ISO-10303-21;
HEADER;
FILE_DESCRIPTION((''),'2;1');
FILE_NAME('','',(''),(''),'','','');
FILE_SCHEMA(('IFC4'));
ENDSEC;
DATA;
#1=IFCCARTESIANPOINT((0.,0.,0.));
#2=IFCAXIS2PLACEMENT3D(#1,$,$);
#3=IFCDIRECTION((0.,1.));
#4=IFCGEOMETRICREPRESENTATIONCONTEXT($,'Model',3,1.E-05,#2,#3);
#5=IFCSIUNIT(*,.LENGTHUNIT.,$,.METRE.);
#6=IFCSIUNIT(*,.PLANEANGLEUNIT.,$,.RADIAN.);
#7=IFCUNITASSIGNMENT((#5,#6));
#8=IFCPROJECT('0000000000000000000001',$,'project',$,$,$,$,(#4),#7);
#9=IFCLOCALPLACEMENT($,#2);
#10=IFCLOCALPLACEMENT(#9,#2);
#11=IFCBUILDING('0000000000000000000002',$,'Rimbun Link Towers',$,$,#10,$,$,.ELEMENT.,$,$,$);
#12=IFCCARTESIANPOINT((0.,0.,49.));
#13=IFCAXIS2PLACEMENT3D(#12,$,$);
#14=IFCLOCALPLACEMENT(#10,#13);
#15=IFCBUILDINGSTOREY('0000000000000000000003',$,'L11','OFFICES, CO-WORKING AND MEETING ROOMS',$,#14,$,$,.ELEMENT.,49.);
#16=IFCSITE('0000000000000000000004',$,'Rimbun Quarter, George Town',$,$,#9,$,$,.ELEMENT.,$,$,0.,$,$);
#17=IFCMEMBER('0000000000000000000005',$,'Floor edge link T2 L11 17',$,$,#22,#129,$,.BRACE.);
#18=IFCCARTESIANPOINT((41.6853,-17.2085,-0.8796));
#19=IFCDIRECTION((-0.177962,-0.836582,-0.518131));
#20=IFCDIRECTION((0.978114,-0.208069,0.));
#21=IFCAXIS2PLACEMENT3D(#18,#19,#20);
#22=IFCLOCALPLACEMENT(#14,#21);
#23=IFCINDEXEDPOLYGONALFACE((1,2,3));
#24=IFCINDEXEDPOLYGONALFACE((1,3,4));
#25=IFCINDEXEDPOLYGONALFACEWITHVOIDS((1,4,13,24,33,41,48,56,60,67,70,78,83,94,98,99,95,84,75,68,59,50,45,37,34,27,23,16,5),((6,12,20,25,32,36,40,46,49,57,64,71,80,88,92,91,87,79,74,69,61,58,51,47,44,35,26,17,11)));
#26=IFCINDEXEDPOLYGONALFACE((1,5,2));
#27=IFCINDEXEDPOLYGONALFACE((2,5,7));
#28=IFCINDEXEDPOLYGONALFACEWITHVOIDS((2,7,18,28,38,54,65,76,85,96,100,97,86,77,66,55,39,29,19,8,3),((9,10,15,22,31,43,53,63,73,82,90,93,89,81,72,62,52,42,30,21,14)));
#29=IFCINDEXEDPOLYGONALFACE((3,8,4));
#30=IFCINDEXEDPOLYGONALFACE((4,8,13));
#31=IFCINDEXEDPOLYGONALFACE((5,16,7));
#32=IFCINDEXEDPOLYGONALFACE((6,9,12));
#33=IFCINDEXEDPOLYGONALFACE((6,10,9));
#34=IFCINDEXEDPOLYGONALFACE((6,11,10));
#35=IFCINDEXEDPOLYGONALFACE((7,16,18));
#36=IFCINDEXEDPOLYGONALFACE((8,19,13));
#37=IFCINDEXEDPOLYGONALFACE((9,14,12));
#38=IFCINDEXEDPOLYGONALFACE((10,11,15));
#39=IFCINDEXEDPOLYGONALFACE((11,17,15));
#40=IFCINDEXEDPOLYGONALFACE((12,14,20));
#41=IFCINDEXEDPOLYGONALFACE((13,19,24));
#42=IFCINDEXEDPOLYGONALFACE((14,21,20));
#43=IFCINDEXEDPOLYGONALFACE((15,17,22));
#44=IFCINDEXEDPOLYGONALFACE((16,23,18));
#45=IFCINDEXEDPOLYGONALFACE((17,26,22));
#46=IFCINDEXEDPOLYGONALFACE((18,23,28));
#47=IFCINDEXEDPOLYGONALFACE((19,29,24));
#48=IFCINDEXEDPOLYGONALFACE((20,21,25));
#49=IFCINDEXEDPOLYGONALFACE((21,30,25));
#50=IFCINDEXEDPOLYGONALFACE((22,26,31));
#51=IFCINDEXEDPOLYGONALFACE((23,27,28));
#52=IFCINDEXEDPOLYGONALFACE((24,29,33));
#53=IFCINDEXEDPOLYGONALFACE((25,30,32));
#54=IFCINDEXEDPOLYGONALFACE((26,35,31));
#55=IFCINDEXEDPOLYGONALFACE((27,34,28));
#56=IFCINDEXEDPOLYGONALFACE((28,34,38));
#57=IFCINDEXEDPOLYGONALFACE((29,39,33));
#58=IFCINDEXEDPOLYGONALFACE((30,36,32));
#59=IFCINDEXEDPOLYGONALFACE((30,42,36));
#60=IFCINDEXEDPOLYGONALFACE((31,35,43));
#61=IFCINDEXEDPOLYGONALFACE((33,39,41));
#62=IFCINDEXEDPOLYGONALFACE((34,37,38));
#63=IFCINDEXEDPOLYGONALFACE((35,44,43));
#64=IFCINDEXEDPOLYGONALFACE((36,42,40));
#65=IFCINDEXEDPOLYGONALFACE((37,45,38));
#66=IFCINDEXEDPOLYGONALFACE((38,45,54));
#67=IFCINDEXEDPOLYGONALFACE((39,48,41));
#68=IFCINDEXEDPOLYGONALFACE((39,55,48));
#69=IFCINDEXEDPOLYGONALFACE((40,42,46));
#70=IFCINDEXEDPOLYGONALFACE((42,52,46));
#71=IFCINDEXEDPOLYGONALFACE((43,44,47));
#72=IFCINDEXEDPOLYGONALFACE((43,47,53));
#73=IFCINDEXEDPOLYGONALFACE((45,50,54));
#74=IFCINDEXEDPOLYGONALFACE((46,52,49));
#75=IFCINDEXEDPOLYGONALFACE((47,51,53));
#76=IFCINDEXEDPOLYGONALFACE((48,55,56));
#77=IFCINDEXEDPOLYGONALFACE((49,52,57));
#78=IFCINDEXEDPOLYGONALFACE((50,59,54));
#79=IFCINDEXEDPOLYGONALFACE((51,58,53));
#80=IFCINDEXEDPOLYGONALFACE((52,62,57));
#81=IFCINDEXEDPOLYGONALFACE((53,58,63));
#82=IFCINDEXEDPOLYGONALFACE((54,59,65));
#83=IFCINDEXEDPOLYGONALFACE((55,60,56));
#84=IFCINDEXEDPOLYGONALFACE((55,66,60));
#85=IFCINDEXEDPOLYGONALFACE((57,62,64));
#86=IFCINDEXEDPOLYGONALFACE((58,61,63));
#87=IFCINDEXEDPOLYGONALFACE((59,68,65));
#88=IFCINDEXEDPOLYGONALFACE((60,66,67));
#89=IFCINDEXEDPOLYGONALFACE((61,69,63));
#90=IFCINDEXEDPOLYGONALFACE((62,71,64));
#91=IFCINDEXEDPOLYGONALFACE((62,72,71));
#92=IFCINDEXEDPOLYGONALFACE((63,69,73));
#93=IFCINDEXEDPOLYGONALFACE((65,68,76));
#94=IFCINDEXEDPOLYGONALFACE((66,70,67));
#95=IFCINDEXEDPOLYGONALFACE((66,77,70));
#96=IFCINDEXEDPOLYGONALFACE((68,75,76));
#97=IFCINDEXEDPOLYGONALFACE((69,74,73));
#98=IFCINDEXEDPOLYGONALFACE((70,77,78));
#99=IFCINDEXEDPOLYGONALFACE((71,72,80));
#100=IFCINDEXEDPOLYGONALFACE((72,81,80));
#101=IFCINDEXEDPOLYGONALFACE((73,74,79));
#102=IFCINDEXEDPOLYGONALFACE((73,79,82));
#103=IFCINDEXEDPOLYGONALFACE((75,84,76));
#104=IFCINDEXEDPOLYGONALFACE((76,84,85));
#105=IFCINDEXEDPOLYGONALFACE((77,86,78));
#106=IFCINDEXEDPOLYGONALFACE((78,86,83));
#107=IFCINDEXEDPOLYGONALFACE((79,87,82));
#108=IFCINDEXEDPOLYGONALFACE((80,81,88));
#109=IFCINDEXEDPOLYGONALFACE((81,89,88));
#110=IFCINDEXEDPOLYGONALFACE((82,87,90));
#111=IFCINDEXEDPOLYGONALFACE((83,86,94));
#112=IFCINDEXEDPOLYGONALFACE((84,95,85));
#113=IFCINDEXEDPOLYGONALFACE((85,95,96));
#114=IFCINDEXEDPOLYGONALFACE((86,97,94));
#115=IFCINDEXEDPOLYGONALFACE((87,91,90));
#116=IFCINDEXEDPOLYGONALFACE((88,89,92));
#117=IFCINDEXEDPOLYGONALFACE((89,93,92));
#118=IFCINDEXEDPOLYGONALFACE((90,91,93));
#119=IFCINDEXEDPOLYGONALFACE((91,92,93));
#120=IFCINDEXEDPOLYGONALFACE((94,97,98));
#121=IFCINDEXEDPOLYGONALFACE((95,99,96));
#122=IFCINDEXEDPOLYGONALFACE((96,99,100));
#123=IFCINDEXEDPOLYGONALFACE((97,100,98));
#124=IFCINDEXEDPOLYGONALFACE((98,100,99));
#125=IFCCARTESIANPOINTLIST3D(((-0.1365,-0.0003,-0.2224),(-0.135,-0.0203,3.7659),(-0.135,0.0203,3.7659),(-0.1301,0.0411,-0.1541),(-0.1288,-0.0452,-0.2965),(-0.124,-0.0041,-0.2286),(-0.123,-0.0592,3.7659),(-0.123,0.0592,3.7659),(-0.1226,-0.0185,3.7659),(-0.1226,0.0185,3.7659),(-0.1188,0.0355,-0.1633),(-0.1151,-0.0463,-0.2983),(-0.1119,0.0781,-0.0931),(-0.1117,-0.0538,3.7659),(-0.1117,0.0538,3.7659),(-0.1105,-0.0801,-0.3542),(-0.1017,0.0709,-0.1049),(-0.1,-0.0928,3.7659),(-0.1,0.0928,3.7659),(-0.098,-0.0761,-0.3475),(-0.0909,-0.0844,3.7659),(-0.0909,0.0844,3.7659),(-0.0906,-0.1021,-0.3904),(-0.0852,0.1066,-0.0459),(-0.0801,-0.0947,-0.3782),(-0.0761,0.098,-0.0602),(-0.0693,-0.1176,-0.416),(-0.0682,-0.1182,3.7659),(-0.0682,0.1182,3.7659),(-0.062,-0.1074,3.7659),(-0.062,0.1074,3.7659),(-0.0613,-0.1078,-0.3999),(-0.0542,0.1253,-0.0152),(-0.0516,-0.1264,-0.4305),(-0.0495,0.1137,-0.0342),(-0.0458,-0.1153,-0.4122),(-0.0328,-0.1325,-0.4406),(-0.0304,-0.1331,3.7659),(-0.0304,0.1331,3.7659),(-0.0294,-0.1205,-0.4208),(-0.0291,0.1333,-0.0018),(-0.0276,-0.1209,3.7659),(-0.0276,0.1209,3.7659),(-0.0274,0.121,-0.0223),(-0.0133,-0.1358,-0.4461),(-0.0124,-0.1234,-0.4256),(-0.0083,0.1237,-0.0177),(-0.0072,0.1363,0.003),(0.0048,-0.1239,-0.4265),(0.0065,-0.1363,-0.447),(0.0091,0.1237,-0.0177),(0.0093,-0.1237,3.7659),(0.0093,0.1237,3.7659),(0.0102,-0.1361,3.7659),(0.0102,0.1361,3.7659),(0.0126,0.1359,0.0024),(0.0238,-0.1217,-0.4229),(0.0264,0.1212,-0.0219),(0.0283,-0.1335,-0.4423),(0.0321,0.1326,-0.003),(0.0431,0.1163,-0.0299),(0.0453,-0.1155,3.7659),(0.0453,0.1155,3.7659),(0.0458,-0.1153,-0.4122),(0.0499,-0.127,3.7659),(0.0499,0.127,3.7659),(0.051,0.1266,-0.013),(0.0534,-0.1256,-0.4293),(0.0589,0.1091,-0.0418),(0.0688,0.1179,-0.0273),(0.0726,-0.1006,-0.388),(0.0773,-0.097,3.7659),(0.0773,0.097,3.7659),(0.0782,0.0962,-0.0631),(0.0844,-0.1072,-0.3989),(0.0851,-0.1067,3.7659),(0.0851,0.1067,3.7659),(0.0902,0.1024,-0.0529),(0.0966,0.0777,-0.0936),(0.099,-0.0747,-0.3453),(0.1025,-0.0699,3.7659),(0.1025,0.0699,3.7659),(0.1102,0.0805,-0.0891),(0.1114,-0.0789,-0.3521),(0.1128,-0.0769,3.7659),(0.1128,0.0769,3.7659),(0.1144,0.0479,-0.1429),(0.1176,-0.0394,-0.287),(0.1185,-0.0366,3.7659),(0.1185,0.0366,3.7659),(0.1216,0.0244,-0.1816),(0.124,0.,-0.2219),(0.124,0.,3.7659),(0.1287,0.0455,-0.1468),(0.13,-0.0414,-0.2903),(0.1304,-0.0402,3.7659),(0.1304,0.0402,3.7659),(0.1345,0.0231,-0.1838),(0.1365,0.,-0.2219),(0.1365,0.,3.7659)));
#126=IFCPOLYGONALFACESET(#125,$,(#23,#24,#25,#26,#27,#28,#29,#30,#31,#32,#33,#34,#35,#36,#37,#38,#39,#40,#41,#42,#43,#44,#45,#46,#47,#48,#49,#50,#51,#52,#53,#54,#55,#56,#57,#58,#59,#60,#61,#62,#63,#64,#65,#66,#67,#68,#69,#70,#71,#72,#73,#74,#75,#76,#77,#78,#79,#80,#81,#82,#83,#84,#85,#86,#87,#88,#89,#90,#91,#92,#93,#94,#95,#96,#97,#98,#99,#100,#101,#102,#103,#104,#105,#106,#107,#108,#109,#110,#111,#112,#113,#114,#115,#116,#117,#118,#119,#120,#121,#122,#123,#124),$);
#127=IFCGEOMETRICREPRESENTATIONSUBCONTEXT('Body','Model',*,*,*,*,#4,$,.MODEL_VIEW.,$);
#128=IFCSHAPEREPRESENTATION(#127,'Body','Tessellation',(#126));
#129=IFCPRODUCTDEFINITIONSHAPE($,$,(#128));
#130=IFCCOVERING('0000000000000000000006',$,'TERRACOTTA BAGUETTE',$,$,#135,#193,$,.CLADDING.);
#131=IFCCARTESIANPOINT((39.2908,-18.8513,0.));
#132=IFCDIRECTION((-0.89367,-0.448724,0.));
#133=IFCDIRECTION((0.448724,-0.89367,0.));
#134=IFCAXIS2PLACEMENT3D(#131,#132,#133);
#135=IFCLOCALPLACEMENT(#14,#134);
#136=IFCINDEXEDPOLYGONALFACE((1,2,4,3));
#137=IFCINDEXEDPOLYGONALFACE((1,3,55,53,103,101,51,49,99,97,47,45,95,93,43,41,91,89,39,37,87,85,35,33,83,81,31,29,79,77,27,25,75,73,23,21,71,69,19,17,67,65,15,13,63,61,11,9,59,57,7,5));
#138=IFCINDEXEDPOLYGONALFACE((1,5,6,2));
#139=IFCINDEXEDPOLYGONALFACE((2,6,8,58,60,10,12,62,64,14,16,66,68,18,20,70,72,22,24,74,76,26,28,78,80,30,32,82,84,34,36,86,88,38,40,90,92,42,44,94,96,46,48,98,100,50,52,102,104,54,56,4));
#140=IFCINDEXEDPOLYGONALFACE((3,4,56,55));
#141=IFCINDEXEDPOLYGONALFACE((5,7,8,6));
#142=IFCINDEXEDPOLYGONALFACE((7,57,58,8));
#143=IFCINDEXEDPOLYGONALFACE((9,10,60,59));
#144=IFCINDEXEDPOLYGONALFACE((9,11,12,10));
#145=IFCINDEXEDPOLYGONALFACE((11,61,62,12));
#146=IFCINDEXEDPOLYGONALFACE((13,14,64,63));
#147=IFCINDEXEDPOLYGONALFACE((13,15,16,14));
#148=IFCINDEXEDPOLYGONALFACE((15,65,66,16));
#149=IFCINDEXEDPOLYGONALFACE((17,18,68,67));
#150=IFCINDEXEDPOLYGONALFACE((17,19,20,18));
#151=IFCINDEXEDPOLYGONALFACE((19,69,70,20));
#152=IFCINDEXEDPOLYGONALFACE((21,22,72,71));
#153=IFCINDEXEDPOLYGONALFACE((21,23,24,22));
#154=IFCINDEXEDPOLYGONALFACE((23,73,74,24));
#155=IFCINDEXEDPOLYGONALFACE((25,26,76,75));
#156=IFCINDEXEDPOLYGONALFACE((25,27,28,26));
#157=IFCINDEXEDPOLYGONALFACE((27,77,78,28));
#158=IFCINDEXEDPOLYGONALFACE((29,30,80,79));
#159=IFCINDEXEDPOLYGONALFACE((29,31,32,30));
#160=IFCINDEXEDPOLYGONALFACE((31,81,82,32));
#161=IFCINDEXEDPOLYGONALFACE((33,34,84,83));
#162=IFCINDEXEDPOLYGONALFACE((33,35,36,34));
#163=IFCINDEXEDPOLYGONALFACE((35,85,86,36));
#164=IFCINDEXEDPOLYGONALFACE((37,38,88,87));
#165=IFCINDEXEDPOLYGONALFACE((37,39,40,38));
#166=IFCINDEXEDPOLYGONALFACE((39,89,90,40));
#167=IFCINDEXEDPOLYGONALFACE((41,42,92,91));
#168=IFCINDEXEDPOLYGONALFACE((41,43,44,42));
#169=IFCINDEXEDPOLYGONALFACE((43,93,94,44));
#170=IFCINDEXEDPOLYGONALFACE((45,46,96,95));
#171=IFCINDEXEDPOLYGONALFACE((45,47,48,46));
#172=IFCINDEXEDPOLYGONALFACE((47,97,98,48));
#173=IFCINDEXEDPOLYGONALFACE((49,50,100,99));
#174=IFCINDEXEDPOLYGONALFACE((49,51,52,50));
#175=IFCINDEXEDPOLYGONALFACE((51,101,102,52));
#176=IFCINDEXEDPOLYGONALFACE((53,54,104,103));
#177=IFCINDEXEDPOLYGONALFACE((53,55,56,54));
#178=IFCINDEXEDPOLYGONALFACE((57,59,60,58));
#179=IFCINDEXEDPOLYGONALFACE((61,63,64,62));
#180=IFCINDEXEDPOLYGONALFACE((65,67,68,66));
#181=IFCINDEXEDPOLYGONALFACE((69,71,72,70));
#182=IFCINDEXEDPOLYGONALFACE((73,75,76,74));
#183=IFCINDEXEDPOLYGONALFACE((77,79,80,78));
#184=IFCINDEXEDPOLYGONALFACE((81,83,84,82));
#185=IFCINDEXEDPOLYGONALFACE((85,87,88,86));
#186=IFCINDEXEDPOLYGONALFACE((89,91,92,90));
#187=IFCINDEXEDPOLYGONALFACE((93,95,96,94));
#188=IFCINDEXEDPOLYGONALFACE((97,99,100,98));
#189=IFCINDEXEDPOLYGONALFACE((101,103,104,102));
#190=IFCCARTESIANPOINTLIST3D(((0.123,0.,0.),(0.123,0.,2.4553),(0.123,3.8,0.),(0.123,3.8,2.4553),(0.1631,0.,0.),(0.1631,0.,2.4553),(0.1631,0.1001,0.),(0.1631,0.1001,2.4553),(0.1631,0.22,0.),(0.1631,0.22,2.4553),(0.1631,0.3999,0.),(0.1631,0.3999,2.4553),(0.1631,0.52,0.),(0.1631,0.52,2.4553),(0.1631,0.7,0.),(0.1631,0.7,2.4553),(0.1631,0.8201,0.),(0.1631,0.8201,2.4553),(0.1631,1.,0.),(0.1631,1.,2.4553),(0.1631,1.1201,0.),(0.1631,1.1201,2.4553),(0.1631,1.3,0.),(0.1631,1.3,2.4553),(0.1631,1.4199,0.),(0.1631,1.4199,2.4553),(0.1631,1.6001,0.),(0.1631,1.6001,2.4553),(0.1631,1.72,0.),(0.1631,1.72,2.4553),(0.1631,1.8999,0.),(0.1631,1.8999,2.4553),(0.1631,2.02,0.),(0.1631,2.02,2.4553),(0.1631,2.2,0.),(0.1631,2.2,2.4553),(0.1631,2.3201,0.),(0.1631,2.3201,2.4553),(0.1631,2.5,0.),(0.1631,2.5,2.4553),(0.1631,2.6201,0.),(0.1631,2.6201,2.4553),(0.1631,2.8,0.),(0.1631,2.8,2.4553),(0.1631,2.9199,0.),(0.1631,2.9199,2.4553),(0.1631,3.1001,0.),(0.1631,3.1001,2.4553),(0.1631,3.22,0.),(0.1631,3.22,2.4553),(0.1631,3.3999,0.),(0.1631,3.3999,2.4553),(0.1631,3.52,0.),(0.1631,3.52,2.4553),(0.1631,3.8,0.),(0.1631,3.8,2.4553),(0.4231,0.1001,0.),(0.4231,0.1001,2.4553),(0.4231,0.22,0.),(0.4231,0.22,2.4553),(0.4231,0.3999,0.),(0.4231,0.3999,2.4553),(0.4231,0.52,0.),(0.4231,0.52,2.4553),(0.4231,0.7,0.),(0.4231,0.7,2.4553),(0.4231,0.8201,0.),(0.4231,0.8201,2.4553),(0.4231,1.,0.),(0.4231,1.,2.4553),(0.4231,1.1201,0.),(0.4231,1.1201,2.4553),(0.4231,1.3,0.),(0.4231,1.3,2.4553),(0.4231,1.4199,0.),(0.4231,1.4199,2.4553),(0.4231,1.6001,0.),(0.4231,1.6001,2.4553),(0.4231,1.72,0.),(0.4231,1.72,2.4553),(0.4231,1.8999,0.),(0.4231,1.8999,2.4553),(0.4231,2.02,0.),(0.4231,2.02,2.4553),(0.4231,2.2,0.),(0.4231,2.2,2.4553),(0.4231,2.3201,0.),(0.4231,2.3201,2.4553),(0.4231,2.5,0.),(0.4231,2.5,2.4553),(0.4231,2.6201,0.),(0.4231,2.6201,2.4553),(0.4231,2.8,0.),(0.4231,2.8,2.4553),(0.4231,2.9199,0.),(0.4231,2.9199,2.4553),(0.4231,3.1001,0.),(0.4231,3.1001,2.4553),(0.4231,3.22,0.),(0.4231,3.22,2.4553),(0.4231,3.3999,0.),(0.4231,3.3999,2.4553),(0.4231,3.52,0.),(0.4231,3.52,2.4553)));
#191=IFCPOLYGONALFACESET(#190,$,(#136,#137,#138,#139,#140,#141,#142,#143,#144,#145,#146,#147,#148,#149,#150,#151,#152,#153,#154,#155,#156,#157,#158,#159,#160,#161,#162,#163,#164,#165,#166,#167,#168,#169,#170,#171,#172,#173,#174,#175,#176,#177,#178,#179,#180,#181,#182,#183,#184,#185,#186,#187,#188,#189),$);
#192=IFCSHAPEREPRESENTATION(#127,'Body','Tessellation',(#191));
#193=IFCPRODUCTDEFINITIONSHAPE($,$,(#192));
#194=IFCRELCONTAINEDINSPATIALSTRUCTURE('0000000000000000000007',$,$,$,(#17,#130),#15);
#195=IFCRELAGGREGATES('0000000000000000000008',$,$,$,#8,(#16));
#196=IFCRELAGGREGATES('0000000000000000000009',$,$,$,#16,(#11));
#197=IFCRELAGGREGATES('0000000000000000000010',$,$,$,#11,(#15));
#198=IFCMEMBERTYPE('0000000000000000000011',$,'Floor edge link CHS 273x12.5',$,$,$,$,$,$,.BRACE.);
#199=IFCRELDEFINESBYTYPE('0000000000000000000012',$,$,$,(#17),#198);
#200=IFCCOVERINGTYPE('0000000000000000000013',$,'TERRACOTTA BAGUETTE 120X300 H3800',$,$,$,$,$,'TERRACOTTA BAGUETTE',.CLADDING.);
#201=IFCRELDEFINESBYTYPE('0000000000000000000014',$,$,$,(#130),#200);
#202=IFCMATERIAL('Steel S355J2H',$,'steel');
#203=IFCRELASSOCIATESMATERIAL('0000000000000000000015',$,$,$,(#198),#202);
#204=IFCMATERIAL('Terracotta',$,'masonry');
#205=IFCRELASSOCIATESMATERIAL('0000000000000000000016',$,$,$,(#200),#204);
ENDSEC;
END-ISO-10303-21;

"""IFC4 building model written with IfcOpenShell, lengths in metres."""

from ifc_helpers import new_model, si_unit, direction, frame, origin, origin_2d, place, context, subcontext, project, spatial, polyline, hollow_circle, outline, extrude, clip, halfspace, material, material_profile, profile_set, type_object, element, save


model = new_model("IFC4")

# Units and contexts
model_context = context("Model", 3, precision=1e-05, world=origin(), true_north=direction((0.0, 1.0)))
body_context = subcontext(model_context, "Body", "Model", "MODEL_VIEW")
ifc_project = project(units=[si_unit("LENGTHUNIT", "METRE"), si_unit("PLANEANGLEUNIT", "RADIAN")], contexts=[model_context])

# Site, building, storey
site_placement = place(None, origin())
site = spatial("IfcSite", under=ifc_project, at=site_placement, Name="Rimbun Quarter, George Town", CompositionType="ELEMENT", RefElevation=0.0)
building_placement = place(site_placement, origin())
building = spatial("IfcBuilding", under=site, at=building_placement, Name="Rimbun Link Towers", CompositionType="ELEMENT")
storey_placement = place(building_placement, frame((0.0, 0.0, 49.0)))
storey = spatial("IfcBuildingStorey", under=building, at=storey_placement, Name="L11", Description="OFFICES, CO-WORKING AND MEETING ROOMS", CompositionType="ELEMENT", Elevation=49.0)

# Member
ifc_material_1 = material(Name="Steel S355J2H", Category="steel")
ifc_material_profile_1 = material_profile(ifc_material_1, hollow_circle(Radius=0.1365, WallThickness=0.0125, at=origin_2d()), Name="CHS 273x12.5")
ifc_profile_set_1 = profile_set([ifc_material_profile_1], Name="Steel S355J2H")
member_type_1 = type_object("IfcMemberType", Name="Floor edge link CHS 273x12.5", PredefinedType="BRACE", material=ifc_profile_set_1)
member_1_placement = place(storey_placement, frame((41.6853, -17.2085, -0.8796), z_axis=(-0.177962, -0.836582, -0.518131), x_axis=(0.978114, -0.208069, 0.0)))
element("IfcMember", 1, at=member_1_placement, inside=storey, type_object=member_type_1, Name="Floor edge link T2 L11 17", PredefinedType="BRACE", context=body_context, shape_type="Clipping", body=[
    clip(extrude(hollow_circle(Radius=0.1365, WallThickness=0.0125, at=origin_2d()), frame((0.0, 0.0, -0.47)), (0.0, 0.0, 1.0), 4.2358), halfspace(frame((0.0, 0.0, -0.2219), z_axis=(0.0, 0.855301, -0.518131)), False)),
])

# Covering
ifc_material_2 = material(Name="Terracotta", Category="masonry")
ifc_material_profile_2 = material_profile(ifc_material_2, outline(polyline([(0.123, 0.0), (0.1631, 0.0), (0.1631, 0.1001), (0.4231, 0.1001), (0.4231, 0.22), (0.1631, 0.22), (0.1631, 0.3999), (0.4231, 0.3999), (0.4231, 0.52), (0.1631, 0.52), (0.1631, 0.7), (0.4231, 0.7), (0.4231, 0.8201), (0.1631, 0.8201), (0.1631, 1.0), (0.4231, 1.0), (0.4231, 1.1201), (0.1631, 1.1201), (0.1631, 1.3), (0.4231, 1.3), (0.4231, 1.4199), (0.1631, 1.4199), (0.1631, 1.6001), (0.4231, 1.6001), (0.4231, 1.72), (0.1631, 1.72), (0.1631, 1.8999), (0.4231, 1.8999), (0.4231, 2.02), (0.1631, 2.02), (0.1631, 2.2), (0.4231, 2.2), (0.4231, 2.3201), (0.1631, 2.3201), (0.1631, 2.5), (0.4231, 2.5), (0.4231, 2.6201), (0.1631, 2.6201), (0.1631, 2.8), (0.4231, 2.8), (0.4231, 2.9199), (0.1631, 2.9199), (0.1631, 3.1001), (0.4231, 3.1001), (0.4231, 3.22), (0.1631, 3.22), (0.1631, 3.3999), (0.4231, 3.3999), (0.4231, 3.52), (0.1631, 3.52), (0.1631, 3.8), (0.123, 3.8), (0.123, 0.0)])), Name="BAGUETTE 120X300")
ifc_profile_set_2 = profile_set([ifc_material_profile_2], Name="Terracotta")
covering_type = type_object("IfcCoveringType", Name="TERRACOTTA BAGUETTE 120X300 H3800", ElementType="TERRACOTTA BAGUETTE", PredefinedType="CLADDING", material=ifc_profile_set_2)
covering_1_placement = place(storey_placement, frame((39.2908, -18.8513, 0.0), z_axis=(-0.89367, -0.448724, 0.0), x_axis=(0.448724, -0.89367, 0.0)))
element("IfcCovering", 2, at=covering_1_placement, inside=storey, type_object=covering_type, Name="TERRACOTTA BAGUETTE", PredefinedType="CLADDING", context=body_context, shape_type="SweptSolid", body=[
    extrude(outline(polyline([(0.123, 0.0), (0.1631, 0.0), (0.1631, 0.1001), (0.4231, 0.1001), (0.4231, 0.22), (0.1631, 0.22), (0.1631, 0.3999), (0.4231, 0.3999), (0.4231, 0.52), (0.1631, 0.52), (0.1631, 0.7), (0.4231, 0.7), (0.4231, 0.8201), (0.1631, 0.8201), (0.1631, 1.0), (0.4231, 1.0), (0.4231, 1.1201), (0.1631, 1.1201), (0.1631, 1.3), (0.4231, 1.3), (0.4231, 1.4199), (0.1631, 1.4199), (0.1631, 1.6001), (0.4231, 1.6001), (0.4231, 1.72), (0.1631, 1.72), (0.1631, 1.8999), (0.4231, 1.8999), (0.4231, 2.02), (0.1631, 2.02), (0.1631, 2.2), (0.4231, 2.2), (0.4231, 2.3201), (0.1631, 2.3201), (0.1631, 2.5), (0.4231, 2.5), (0.4231, 2.6201), (0.1631, 2.6201), (0.1631, 2.8), (0.4231, 2.8), (0.4231, 2.9199), (0.1631, 2.9199), (0.1631, 3.1001), (0.4231, 3.1001), (0.4231, 3.22), (0.1631, 3.22), (0.1631, 3.3999), (0.4231, 3.3999), (0.4231, 3.52), (0.1631, 3.52), (0.1631, 3.8), (0.123, 3.8), (0.123, 0.0)])), origin(), (0.0, 0.0, 1.0), 2.4553),
])

save(model, "model.ifc")
